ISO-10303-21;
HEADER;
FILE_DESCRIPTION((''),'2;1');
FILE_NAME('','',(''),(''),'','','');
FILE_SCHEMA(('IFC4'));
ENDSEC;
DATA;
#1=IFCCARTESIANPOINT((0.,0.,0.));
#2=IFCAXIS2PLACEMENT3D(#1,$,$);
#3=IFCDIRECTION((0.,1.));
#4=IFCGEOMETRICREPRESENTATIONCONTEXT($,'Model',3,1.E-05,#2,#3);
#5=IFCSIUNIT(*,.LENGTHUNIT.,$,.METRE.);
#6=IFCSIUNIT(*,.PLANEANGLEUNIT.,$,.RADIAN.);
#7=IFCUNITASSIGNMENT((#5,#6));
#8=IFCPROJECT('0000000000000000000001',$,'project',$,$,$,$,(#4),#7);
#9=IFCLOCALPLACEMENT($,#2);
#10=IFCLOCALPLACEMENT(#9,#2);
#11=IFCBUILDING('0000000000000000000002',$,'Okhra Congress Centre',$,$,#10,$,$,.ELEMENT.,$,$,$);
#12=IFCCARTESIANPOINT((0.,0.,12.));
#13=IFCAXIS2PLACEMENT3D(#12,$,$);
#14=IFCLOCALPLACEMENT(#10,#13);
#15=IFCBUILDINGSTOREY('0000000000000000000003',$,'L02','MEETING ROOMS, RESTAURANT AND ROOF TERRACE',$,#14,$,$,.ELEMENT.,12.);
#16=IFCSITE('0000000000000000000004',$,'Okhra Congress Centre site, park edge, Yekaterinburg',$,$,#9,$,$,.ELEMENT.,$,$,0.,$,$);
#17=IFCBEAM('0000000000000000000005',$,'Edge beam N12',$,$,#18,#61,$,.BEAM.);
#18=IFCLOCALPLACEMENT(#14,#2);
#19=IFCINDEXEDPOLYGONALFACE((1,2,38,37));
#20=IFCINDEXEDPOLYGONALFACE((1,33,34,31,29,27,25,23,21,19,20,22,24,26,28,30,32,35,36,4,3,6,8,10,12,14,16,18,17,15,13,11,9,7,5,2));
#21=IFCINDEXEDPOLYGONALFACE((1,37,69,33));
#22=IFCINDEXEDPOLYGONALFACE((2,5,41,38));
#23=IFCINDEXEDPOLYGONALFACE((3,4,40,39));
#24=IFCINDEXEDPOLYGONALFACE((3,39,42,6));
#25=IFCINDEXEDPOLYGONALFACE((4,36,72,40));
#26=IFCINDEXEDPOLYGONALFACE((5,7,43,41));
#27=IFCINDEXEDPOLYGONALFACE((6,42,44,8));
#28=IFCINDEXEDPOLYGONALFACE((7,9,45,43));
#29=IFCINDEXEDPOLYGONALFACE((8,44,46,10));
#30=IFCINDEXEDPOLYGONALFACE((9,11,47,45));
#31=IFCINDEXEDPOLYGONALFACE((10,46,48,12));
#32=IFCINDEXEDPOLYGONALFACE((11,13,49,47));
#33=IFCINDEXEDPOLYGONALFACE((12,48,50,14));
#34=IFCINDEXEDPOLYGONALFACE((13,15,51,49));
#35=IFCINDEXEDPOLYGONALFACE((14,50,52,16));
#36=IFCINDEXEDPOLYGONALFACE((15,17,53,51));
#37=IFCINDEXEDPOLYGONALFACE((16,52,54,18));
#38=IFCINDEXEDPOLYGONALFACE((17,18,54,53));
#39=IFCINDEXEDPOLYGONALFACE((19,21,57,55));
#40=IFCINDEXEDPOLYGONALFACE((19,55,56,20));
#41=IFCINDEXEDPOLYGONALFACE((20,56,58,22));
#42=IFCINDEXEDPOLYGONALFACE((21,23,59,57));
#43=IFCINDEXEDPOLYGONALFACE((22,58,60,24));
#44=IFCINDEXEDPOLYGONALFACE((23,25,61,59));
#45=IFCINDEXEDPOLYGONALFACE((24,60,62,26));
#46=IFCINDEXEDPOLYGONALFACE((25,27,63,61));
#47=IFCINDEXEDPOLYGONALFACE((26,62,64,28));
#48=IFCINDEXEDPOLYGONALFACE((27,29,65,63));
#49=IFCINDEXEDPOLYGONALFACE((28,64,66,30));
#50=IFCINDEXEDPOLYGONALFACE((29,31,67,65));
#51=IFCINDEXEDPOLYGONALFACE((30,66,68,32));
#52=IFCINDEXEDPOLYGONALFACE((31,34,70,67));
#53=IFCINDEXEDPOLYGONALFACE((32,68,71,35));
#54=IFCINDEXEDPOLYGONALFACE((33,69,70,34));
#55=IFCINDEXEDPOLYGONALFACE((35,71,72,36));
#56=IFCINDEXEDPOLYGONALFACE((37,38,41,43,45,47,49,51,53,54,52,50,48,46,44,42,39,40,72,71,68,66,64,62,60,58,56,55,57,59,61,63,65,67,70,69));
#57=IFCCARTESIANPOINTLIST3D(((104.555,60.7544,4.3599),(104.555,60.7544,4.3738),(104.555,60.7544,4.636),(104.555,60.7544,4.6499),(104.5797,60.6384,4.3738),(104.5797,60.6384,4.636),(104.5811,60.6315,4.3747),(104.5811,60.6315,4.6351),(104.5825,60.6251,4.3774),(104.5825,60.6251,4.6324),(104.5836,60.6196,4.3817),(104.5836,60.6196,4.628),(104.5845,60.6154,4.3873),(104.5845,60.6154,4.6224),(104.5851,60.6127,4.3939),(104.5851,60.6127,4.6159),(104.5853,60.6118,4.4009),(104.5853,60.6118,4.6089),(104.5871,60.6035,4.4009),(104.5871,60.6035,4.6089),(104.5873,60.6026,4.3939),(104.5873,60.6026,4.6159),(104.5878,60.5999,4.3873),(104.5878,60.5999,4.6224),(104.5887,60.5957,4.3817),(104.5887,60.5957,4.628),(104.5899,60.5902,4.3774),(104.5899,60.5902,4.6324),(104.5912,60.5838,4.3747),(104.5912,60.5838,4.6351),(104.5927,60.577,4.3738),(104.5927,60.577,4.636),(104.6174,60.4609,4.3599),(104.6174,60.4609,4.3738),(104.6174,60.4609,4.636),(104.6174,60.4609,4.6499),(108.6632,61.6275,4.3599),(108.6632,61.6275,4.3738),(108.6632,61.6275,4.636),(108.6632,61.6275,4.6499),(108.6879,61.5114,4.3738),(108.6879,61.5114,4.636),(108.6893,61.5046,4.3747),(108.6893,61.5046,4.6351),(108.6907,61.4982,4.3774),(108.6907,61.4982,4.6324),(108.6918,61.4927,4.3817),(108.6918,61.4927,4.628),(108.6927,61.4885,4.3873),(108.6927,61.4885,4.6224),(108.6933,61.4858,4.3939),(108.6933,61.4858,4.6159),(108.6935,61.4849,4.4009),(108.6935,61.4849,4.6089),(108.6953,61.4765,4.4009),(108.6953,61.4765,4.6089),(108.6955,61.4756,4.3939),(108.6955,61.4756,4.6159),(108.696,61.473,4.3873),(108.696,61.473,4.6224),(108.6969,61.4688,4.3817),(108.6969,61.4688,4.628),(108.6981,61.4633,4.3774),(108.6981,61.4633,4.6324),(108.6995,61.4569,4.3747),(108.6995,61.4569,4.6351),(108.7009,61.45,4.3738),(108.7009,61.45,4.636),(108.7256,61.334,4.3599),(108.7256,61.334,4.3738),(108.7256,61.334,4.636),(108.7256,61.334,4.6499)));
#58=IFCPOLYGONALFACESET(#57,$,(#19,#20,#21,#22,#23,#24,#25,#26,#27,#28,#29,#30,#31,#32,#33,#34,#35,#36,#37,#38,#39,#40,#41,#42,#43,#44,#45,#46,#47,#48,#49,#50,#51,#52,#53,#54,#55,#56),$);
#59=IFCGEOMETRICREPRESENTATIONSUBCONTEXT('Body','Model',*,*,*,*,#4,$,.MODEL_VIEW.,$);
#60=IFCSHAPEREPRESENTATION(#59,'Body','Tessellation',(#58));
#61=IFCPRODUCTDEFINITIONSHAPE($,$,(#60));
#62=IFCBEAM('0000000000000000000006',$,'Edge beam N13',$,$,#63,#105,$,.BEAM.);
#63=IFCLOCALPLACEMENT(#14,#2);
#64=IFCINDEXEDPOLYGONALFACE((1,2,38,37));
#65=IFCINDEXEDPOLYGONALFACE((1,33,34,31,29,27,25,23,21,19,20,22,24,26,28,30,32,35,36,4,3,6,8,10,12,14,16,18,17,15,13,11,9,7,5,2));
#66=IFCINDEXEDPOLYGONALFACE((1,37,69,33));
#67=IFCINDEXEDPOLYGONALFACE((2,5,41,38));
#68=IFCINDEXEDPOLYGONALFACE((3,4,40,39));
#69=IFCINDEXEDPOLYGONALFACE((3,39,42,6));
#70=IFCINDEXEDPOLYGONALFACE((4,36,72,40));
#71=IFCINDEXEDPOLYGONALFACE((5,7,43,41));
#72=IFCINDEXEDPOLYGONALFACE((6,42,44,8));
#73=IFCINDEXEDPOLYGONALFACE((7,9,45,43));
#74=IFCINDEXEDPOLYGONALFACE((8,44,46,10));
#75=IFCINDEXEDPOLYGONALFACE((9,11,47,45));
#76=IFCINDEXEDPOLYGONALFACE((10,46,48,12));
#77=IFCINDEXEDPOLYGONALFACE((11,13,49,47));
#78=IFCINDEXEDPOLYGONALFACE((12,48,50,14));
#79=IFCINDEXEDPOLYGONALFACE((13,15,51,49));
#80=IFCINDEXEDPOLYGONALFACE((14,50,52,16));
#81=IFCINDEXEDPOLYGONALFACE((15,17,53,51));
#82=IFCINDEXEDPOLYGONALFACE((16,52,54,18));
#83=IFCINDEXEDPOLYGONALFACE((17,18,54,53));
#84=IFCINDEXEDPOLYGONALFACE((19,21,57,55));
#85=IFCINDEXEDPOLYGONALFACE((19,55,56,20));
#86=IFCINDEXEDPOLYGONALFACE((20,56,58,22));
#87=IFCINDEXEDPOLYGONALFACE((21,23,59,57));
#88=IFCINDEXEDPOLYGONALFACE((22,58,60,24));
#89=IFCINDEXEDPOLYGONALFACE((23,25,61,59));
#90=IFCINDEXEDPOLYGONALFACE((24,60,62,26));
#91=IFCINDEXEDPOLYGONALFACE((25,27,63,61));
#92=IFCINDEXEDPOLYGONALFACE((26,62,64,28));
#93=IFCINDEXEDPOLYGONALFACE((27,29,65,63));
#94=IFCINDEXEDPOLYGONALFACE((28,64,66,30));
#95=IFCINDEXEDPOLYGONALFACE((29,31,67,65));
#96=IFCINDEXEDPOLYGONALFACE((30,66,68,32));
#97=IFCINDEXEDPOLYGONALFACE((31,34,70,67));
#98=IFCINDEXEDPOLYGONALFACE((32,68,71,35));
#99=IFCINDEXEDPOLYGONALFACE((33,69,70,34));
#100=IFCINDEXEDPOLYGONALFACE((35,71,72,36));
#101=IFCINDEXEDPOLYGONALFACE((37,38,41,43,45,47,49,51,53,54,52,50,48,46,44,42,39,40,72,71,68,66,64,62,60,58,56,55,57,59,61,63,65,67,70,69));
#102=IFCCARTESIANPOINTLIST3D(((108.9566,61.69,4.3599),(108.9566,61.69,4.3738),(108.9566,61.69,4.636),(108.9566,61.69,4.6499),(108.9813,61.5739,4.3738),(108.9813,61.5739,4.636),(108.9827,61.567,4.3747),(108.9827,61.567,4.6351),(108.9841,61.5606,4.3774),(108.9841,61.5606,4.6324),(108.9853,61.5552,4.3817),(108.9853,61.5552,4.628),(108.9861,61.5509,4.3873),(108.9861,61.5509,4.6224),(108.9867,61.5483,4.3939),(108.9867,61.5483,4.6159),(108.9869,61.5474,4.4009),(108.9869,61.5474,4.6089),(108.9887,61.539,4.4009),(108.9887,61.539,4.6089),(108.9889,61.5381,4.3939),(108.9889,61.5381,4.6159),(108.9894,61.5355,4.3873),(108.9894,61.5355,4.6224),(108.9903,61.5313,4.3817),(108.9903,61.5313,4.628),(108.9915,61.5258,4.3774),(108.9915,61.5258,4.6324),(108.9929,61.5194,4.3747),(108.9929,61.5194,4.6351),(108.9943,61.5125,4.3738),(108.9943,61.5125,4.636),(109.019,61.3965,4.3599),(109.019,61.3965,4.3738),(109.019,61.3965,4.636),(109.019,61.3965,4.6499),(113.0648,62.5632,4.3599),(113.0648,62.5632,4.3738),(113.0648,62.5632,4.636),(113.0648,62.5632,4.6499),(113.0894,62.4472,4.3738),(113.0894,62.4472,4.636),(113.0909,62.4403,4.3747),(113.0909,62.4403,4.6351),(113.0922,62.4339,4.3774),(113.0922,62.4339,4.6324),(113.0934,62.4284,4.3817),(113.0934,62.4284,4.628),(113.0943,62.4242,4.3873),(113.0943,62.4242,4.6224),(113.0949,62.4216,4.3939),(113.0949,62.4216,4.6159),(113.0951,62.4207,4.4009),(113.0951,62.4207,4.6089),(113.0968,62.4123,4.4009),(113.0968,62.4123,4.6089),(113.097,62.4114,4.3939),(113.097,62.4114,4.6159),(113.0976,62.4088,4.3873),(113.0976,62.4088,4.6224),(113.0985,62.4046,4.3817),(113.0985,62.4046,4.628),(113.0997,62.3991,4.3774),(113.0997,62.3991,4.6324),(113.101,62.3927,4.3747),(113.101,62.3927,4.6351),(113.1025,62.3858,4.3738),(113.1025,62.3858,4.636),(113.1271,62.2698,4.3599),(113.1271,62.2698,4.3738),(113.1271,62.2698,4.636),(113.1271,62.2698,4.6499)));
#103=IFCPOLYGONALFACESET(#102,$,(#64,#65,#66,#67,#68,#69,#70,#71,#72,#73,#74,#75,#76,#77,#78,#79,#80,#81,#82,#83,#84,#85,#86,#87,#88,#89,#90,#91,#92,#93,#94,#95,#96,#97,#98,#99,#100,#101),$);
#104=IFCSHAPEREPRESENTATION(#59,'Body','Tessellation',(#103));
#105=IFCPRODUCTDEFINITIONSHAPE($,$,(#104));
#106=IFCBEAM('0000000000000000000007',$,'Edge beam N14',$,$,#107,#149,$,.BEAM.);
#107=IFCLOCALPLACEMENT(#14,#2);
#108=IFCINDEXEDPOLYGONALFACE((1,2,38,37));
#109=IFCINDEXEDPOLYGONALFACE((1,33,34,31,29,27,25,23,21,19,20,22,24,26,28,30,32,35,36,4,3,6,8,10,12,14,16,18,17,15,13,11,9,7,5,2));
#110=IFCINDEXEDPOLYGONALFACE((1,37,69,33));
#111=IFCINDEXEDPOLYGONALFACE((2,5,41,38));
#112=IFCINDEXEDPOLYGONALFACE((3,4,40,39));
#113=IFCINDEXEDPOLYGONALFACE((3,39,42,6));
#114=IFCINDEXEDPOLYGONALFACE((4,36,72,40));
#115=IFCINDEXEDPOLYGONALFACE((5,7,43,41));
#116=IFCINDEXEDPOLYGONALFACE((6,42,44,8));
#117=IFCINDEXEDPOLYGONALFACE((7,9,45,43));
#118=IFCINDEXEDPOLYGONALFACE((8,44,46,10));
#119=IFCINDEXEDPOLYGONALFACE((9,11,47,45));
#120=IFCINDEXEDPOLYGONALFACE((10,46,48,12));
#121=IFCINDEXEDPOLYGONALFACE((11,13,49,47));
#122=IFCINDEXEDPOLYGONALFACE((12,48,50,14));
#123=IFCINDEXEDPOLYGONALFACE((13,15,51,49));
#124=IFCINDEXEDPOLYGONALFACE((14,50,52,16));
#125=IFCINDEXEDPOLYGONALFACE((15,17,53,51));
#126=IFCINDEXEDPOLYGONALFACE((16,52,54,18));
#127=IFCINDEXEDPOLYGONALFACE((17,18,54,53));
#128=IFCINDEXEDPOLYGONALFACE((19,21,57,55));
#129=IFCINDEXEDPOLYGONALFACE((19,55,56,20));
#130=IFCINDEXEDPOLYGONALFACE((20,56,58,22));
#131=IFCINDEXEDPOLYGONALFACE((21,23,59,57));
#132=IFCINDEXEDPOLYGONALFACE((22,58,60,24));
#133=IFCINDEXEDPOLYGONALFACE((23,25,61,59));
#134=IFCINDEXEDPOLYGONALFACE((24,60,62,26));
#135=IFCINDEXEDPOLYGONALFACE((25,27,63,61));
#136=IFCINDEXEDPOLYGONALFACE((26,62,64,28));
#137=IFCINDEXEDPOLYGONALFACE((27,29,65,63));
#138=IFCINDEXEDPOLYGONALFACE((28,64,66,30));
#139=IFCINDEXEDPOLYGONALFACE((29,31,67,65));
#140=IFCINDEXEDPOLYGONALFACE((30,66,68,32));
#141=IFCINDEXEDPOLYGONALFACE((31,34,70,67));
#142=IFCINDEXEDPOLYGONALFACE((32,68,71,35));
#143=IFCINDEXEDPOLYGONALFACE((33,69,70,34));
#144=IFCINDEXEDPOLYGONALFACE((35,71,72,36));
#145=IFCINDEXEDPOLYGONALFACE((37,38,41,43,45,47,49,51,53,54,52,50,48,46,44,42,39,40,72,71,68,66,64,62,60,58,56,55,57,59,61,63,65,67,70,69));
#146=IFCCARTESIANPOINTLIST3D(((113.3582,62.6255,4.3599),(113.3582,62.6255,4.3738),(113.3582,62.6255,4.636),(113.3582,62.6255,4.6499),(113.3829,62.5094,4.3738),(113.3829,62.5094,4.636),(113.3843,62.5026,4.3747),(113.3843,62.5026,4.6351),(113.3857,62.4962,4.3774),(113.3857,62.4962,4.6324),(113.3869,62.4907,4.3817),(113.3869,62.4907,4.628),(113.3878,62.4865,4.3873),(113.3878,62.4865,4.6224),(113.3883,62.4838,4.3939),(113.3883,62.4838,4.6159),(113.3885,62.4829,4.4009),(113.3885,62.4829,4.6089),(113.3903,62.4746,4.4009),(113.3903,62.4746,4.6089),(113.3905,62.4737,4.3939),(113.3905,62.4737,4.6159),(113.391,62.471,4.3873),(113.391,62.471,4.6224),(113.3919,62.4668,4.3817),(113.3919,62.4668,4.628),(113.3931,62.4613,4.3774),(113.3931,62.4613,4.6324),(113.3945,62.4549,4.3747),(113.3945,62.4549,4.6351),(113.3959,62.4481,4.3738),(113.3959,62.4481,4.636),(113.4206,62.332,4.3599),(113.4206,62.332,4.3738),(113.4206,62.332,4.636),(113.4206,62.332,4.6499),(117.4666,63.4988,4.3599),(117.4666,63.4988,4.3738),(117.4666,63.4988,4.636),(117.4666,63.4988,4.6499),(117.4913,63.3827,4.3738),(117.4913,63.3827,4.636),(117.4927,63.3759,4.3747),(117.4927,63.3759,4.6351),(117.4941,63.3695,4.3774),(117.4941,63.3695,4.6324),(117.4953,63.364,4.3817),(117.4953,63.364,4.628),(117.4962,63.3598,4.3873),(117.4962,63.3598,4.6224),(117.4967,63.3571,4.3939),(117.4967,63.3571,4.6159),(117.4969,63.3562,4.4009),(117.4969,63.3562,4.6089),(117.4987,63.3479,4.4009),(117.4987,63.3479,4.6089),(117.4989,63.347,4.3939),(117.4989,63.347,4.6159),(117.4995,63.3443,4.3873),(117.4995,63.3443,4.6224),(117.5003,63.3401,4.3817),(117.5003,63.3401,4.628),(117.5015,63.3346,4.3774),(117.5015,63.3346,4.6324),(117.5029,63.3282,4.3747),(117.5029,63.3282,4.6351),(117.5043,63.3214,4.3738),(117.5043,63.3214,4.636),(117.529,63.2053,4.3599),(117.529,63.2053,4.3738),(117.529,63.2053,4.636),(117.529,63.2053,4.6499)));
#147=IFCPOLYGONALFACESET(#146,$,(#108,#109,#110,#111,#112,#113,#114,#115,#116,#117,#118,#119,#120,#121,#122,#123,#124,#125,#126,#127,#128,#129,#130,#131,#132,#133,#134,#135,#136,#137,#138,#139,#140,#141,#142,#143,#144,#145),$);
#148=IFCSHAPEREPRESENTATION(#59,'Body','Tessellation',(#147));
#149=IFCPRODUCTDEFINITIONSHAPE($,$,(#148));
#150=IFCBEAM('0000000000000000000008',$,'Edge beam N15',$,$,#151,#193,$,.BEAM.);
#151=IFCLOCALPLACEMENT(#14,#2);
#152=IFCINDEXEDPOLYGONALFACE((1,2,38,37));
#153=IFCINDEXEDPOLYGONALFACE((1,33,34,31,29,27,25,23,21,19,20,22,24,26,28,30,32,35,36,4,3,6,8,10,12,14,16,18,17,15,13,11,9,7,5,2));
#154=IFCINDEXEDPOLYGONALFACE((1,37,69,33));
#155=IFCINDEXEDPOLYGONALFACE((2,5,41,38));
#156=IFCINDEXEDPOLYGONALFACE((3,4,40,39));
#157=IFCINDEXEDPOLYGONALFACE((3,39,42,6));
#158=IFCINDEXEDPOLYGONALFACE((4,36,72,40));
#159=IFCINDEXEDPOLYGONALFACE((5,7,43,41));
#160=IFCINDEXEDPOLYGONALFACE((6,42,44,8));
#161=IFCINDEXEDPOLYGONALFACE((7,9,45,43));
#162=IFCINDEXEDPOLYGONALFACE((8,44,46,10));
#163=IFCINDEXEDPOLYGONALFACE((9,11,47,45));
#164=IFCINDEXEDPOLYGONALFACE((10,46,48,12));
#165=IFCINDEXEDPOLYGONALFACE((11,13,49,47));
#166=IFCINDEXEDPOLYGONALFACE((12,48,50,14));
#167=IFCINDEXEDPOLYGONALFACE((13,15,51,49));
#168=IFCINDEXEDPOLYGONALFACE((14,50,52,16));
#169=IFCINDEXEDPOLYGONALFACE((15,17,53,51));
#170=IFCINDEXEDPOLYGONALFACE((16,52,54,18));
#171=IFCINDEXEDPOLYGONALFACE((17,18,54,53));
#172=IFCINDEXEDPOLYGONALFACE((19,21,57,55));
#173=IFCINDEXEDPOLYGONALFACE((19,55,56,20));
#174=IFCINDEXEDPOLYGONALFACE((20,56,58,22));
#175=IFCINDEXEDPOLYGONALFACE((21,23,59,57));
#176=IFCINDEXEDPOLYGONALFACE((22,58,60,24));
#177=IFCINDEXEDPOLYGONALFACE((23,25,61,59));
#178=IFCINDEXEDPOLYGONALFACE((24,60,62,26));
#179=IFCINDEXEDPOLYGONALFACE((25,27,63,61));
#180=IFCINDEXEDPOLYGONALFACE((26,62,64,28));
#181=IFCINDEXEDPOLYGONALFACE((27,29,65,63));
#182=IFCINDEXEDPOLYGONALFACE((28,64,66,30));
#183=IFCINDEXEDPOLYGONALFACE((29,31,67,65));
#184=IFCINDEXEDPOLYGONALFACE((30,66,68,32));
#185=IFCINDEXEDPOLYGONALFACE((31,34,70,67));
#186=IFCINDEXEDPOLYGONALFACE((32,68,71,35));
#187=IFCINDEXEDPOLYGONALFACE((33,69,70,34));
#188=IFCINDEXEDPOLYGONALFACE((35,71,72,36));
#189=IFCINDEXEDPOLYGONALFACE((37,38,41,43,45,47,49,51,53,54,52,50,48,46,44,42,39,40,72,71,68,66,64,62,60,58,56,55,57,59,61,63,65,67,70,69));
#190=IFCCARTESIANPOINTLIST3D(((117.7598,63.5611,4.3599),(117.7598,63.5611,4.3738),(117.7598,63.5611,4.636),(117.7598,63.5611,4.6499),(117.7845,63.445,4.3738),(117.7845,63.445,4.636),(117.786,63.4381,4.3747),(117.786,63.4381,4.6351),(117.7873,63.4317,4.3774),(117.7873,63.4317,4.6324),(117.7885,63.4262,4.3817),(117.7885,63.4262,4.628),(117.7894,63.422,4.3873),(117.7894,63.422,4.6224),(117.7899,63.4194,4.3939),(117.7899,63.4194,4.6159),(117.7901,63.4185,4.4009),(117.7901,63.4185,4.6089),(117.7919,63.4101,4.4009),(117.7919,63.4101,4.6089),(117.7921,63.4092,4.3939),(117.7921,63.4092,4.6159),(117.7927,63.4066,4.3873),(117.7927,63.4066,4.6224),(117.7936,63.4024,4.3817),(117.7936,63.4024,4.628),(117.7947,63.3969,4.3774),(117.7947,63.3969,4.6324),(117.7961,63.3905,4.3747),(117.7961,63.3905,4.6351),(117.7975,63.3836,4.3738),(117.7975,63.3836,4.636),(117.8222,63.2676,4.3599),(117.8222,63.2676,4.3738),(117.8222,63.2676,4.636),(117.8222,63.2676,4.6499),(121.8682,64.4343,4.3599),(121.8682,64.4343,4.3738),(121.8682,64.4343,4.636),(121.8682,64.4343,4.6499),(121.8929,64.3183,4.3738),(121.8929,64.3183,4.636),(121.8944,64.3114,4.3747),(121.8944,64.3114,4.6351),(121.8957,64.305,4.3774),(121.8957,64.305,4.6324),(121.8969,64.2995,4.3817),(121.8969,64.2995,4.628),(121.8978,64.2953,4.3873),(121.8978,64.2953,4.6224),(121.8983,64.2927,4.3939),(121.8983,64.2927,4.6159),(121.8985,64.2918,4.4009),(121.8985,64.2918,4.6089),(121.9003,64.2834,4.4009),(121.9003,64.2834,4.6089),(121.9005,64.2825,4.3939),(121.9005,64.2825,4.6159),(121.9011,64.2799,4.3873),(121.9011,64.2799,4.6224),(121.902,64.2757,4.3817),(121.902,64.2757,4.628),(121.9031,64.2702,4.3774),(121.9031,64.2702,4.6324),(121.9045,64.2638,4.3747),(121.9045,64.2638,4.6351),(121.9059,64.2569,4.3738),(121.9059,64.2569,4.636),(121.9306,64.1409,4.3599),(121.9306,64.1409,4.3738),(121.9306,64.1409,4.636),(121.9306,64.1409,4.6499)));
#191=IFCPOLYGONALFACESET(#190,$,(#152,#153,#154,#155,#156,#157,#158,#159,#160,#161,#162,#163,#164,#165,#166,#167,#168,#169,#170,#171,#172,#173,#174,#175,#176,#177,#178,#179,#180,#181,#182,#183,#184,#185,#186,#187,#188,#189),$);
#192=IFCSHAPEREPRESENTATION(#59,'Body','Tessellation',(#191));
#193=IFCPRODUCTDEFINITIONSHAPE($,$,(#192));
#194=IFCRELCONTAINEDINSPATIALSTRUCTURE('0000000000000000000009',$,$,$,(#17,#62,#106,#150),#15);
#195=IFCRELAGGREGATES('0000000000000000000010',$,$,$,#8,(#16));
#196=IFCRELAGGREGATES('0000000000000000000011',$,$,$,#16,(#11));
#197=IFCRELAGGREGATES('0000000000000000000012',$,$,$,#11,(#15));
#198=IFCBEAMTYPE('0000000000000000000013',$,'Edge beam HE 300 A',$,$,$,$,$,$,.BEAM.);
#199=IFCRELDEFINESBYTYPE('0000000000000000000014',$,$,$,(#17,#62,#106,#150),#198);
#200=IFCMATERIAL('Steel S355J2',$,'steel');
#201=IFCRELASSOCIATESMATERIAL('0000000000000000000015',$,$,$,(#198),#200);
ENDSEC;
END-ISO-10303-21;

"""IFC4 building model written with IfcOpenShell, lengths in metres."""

from ifc_helpers import new_model, si_unit, direction, frame, origin, origin_2d, place, context, subcontext, project, spatial, i_section, extrude, material, material_profile, profile_set, type_object, element, save


model = new_model("IFC4")

# Units and contexts
model_context = context("Model", 3, precision=1e-05, world=origin(), true_north=direction((0.0, 1.0)))
body_context = subcontext(model_context, "Body", "Model", "MODEL_VIEW")
ifc_project = project(units=[si_unit("LENGTHUNIT", "METRE"), si_unit("PLANEANGLEUNIT", "RADIAN")], contexts=[model_context])

# Site, building, storey
site_placement = place(None, origin())
site = spatial("IfcSite", under=ifc_project, at=site_placement, Name="Okhra Congress Centre site, park edge, Yekaterinburg", CompositionType="ELEMENT", RefElevation=0.0)
building_placement = place(site_placement, origin())
building = spatial("IfcBuilding", under=site, at=building_placement, Name="Okhra Congress Centre", CompositionType="ELEMENT")
storey_placement = place(building_placement, frame((0.0, 0.0, 12.0)))
storey = spatial("IfcBuildingStorey", under=building, at=storey_placement, Name="L02", Description="MEETING ROOMS, RESTAURANT AND ROOF TERRACE", CompositionType="ELEMENT", Elevation=12.0)

# Shared definitions
ifc_material_1 = material(Name="Steel S355J2", Category="steel")

# Beams
ifc_material_profile_1 = material_profile(ifc_material_1, i_section(OverallWidth=0.3, OverallDepth=0.29, WebThickness=0.0085, FlangeThickness=0.0139, FilletRadius=0.0271, at=origin_2d()), Name="HE 300 A")
ifc_profile_set_1 = profile_set([ifc_material_profile_1], Name="Steel S355J2")
beam_type_1 = type_object("IfcBeamType", Name="Edge beam HE 300 A", PredefinedType="BEAM", material=ifc_profile_set_1)
for number, where, z_axis, x_axis, name in (
    (1, (104.5862, 60.6077, 4.5049), (0.978156, 0.207873, 0.0), (-0.207873, 0.978156, 0.0), "Edge beam N12"),
    (2, (108.9878, 61.5432, 4.5049), (0.978144, 0.207929, 0.0), (-0.207929, 0.978144, 0.0), "Edge beam N13"),
):
    element("IfcBeam", number, at=place(storey_placement, frame(where, z_axis=z_axis, x_axis=x_axis)), inside=storey, type_object=beam_type_1, Name=name, PredefinedType="BEAM", context=body_context, shape_type="SweptSolid", body=[
        extrude(i_section(OverallWidth=0.3, OverallDepth=0.29, WebThickness=0.0085, FlangeThickness=0.0139, FilletRadius=0.0271, at=origin_2d()), origin(), (0.0, 0.0, 1.0), 4.2),
    ])
for number, where, z_axis, x_axis, name in (
    (3, (113.3894, 62.4788, 4.5049), (0.978146, 0.207917, 0.0), (-0.207917, 0.978146, 0.0), "Edge beam N14"),
    (4, (117.791, 63.4143, 4.5049), (0.978146, 0.207917, 0.0), (-0.207917, 0.978146, 0.0), "Edge beam N15"),
):
    element("IfcBeam", number, at=place(storey_placement, frame(where, z_axis=z_axis, x_axis=x_axis)), inside=storey, type_object=beam_type_1, Name=name, PredefinedType="BEAM", context=body_context, shape_type="SweptSolid", body=[
        extrude(i_section(OverallWidth=0.3, OverallDepth=0.29, WebThickness=0.0085, FlangeThickness=0.0139, FilletRadius=0.0271, at=origin_2d()), origin(), (0.0, 0.0, 1.0), 4.2002),
    ])

save(model, "model.ifc")
